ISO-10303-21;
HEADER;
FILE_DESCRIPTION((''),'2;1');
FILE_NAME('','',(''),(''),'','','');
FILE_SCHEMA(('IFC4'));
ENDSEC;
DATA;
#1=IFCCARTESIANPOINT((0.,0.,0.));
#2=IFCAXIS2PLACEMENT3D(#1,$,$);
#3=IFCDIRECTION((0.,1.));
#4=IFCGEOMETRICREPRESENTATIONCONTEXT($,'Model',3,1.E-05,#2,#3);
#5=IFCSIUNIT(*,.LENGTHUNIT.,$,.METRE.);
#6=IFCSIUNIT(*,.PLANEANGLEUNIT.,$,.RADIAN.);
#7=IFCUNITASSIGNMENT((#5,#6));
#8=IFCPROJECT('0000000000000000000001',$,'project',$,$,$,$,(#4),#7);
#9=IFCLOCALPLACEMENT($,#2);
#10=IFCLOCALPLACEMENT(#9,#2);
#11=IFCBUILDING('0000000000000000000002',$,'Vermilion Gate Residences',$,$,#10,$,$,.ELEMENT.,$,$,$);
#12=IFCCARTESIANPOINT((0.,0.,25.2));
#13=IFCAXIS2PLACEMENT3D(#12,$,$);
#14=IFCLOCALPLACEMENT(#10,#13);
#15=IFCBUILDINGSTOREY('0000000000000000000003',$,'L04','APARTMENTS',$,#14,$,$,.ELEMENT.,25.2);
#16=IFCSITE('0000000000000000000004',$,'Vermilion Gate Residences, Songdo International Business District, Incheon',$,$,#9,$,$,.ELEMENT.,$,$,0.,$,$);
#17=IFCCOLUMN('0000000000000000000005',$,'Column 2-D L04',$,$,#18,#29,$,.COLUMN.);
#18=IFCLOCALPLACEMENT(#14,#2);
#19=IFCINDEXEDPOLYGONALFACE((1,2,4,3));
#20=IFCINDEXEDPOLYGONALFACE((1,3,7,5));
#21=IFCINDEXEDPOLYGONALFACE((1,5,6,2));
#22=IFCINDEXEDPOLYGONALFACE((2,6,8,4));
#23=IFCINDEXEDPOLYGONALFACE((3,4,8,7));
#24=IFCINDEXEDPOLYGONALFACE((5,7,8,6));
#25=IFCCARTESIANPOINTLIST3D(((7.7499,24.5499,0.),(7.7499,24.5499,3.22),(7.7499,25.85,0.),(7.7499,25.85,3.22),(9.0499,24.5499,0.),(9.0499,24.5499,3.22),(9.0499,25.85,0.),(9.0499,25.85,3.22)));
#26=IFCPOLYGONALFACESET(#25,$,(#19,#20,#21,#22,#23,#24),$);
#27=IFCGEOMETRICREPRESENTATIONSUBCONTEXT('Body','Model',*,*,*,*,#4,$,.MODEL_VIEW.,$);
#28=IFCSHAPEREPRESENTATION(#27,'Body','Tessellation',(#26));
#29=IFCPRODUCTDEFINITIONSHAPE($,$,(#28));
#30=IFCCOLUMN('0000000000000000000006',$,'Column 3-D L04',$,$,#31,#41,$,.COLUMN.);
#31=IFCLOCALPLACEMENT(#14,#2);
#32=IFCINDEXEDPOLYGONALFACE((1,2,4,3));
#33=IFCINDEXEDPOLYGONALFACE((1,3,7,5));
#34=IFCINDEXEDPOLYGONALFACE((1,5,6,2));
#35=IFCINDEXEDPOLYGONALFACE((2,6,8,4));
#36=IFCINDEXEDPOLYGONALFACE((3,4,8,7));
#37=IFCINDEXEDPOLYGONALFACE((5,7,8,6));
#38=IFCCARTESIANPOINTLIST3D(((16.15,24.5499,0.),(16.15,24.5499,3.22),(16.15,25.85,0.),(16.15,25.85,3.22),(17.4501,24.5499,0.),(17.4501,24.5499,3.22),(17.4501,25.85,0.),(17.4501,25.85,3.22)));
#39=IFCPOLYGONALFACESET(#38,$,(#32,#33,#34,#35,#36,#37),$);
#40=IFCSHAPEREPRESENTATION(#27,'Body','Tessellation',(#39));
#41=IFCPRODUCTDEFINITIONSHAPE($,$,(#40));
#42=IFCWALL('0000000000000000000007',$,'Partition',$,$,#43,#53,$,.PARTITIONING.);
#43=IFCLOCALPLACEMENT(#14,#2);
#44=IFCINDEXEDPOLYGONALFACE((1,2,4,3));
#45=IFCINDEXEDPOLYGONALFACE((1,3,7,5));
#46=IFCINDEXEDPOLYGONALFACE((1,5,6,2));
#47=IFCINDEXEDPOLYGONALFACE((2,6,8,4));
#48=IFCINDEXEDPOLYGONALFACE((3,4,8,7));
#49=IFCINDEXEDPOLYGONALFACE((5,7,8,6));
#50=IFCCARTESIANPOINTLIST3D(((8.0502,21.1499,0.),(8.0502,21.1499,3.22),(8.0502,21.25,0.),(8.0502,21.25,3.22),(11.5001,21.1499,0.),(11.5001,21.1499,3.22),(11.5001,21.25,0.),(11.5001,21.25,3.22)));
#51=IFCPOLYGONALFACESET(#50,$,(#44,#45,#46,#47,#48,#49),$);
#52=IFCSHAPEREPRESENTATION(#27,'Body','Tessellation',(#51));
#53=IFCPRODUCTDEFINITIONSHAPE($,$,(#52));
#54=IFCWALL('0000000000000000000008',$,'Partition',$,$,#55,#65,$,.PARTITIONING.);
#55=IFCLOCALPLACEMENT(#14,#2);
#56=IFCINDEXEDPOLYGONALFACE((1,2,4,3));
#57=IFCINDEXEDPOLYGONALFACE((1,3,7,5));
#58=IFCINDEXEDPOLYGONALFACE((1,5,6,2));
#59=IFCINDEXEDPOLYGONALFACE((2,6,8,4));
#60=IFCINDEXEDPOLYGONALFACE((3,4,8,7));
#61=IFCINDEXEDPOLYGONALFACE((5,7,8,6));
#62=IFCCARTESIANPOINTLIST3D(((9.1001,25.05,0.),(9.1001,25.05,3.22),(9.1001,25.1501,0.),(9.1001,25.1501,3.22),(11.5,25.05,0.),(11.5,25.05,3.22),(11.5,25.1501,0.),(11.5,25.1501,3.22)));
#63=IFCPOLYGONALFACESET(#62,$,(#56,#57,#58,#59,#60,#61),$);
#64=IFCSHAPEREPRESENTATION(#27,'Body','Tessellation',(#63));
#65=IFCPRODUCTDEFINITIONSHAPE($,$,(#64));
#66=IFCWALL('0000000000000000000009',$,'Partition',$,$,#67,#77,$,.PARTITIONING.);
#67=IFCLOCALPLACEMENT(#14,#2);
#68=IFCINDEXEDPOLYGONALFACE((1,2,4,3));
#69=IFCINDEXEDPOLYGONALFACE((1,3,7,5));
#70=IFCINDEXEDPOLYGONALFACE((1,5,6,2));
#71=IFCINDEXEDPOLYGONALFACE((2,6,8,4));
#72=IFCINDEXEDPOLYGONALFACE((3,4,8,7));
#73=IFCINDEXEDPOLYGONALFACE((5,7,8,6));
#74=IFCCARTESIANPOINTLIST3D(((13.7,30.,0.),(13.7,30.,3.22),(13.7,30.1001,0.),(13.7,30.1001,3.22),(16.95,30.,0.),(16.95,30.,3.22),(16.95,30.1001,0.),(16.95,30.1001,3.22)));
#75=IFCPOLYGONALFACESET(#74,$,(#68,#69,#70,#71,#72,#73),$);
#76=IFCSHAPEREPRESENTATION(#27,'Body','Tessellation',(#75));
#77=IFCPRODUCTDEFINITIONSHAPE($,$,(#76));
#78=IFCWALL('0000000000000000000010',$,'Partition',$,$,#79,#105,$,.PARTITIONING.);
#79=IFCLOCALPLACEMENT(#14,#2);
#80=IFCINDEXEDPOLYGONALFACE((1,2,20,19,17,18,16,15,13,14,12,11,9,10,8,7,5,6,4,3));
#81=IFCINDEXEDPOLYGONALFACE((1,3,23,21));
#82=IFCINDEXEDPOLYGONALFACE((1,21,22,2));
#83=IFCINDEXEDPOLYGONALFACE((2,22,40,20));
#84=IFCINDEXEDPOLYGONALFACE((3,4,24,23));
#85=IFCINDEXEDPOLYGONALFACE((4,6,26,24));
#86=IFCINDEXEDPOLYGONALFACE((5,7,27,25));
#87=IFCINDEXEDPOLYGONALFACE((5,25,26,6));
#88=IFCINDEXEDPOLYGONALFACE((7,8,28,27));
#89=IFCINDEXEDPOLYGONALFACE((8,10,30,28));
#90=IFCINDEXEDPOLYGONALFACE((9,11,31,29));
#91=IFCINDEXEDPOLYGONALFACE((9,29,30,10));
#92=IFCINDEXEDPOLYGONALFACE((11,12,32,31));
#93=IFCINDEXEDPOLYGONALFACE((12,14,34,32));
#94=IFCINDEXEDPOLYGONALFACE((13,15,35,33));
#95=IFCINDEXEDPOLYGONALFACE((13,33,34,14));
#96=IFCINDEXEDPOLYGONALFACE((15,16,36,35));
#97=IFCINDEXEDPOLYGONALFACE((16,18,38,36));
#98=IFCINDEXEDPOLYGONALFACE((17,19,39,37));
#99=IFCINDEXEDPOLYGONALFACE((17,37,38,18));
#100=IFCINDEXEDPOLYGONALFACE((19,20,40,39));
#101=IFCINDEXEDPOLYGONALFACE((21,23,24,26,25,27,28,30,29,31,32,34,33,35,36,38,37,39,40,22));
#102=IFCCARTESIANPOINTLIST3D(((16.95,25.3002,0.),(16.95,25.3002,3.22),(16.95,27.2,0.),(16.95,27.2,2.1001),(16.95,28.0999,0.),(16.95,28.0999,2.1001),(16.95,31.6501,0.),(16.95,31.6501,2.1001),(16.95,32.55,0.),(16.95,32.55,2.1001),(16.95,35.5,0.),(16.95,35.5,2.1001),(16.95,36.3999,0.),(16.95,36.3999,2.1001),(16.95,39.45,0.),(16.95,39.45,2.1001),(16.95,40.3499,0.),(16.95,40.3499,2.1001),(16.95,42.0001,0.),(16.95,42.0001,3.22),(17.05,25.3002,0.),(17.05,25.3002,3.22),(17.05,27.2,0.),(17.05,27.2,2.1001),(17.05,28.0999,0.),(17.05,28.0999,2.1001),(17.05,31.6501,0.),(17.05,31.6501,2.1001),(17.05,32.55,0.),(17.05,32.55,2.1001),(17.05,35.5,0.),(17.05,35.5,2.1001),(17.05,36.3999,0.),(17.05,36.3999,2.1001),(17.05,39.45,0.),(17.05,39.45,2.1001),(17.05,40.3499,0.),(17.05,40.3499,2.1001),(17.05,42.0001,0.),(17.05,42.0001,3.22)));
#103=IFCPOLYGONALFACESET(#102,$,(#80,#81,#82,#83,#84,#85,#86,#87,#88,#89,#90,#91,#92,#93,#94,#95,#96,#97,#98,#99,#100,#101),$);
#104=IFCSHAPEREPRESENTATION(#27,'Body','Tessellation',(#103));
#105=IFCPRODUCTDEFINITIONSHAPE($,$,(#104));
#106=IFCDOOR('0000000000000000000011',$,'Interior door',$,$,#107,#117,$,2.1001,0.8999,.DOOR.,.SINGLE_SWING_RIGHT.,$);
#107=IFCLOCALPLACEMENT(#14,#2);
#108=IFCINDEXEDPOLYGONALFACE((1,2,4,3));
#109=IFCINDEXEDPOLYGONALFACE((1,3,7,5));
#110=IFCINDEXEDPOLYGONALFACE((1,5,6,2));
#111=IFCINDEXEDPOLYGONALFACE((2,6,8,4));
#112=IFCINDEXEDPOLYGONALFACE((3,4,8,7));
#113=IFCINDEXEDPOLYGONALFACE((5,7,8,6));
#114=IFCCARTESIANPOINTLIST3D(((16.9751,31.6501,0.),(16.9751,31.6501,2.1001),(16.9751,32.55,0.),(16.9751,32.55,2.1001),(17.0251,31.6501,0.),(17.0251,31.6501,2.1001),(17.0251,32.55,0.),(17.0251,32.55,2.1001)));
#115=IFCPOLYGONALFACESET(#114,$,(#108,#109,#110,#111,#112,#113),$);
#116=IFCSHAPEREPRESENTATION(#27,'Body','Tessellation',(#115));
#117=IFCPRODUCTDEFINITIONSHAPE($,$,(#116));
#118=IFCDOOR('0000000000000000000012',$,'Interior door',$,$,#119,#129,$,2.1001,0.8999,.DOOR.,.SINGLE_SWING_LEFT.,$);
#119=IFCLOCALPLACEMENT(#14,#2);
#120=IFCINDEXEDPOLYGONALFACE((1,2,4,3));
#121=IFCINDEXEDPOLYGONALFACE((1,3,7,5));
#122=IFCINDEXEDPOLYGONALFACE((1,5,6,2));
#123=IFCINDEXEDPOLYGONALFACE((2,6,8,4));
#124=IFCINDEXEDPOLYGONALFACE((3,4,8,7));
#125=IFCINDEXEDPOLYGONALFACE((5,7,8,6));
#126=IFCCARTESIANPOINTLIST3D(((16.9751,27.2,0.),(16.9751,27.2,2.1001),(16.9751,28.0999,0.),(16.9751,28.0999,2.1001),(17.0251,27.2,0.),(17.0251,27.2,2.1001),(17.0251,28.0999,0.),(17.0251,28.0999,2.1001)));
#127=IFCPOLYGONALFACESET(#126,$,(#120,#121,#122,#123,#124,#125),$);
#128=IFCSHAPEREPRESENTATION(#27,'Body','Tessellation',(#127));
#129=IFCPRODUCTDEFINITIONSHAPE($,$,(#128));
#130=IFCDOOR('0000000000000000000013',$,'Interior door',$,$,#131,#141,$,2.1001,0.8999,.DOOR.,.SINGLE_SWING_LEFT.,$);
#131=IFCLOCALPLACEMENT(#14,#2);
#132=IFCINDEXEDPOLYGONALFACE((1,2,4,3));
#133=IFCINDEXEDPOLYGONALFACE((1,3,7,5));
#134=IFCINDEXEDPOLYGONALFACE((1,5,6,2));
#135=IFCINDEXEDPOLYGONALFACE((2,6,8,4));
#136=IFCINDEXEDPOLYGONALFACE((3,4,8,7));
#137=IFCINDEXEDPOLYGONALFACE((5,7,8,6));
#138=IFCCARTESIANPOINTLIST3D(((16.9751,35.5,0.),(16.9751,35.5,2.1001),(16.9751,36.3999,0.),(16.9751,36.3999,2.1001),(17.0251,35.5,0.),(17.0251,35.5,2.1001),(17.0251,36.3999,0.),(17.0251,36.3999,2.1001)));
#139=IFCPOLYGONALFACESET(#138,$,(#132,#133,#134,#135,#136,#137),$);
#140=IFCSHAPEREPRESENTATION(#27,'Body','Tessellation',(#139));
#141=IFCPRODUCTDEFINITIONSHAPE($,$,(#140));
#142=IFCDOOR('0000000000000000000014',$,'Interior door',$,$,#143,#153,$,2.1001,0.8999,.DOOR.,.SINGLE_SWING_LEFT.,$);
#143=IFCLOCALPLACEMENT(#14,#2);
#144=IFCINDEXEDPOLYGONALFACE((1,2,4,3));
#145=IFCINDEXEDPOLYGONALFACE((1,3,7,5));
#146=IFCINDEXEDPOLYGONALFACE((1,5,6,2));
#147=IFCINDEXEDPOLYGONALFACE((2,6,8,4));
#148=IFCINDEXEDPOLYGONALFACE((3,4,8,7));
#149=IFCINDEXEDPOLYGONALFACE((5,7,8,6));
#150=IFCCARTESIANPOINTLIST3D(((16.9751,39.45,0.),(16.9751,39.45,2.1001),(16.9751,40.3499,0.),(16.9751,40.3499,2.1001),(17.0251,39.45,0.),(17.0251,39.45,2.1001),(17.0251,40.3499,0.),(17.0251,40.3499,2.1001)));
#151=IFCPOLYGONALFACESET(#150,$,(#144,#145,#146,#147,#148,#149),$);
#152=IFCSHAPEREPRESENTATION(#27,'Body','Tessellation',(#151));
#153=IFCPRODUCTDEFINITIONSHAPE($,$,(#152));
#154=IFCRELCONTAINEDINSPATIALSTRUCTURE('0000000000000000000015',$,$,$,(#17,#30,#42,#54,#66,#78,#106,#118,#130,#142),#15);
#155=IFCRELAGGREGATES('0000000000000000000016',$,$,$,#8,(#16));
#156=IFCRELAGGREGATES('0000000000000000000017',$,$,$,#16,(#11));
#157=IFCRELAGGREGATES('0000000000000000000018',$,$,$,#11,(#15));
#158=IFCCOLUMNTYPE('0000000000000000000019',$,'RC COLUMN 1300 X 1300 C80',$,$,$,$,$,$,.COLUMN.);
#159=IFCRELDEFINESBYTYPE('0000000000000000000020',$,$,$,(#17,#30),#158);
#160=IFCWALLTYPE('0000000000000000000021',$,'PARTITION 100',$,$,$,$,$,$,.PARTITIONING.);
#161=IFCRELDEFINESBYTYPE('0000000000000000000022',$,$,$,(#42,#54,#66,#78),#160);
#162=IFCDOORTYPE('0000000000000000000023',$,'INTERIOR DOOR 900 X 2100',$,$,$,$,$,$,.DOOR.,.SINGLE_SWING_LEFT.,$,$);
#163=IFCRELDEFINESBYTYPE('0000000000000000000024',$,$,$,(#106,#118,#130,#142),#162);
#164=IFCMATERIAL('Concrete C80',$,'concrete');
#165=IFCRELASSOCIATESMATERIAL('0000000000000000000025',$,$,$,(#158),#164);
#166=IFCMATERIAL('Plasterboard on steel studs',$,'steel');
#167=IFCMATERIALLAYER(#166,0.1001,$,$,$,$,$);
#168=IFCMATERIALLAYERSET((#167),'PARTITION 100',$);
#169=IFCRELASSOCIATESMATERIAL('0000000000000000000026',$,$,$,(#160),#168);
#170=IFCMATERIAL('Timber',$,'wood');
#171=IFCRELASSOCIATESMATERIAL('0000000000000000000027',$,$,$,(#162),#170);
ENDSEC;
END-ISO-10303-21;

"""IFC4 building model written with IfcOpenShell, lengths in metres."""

from ifc_helpers import new_model, si_unit, direction, frame, frame_2d, origin, origin_2d, place, context, subcontext, project, spatial, rectangle, extrude, material, layer, layer_set, material_profile, profile_set, type_object, element, fill, save


model = new_model("IFC4")

# Units and contexts
model_context = context("Model", 3, precision=1e-05, world=origin(), true_north=direction((0.0, 1.0)))
body_context = subcontext(model_context, "Body", "Model", "MODEL_VIEW")
ifc_project = project(units=[si_unit("LENGTHUNIT", "METRE"), si_unit("PLANEANGLEUNIT", "RADIAN")], contexts=[model_context])

# Site, building, storey
site_placement = place(None, origin())
site = spatial("IfcSite", under=ifc_project, at=site_placement, Name="Vermilion Gate Residences, Songdo International Business District, Incheon", CompositionType="ELEMENT", RefElevation=0.0)
building_placement = place(site_placement, origin())
building = spatial("IfcBuilding", under=site, at=building_placement, Name="Vermilion Gate Residences", CompositionType="ELEMENT")
storey_placement = place(building_placement, frame((0.0, 0.0, 25.2)))
storey = spatial("IfcBuildingStorey", under=building, at=storey_placement, Name="L04", Description="APARTMENTS", CompositionType="ELEMENT", Elevation=25.2)

# Columns
ifc_material_1 = material(Name="Concrete C80", Category="concrete")
ifc_material_profile = material_profile(ifc_material_1, rectangle(XDim=1.3, YDim=1.3, at=origin_2d()), Name="RC-1300x1300")
ifc_profile_set = profile_set([ifc_material_profile], Name="Concrete C80")
column_type = type_object("IfcColumnType", Name="RC COLUMN 1300 X 1300 C80", PredefinedType="COLUMN", material=ifc_profile_set)
for number, where, z_axis, x_axis, name in (
    (1, (8.3999, 25.2, 0.0), (0.0, 0.0, 1.0), (1.0, 0.0, 0.0), "Column 2-D L04"),
    (2, (16.8, 25.2, 0.0), (0.0, 0.0, 1.0), (1.0, 0.0, 0.0), "Column 3-D L04"),
):
    element("IfcColumn", number, at=place(storey_placement, frame(where, z_axis=z_axis, x_axis=x_axis)), inside=storey, type_object=column_type, Name=name, PredefinedType="COLUMN", context=body_context, shape_type="SweptSolid", body=[
        extrude(rectangle(XDim=1.3, YDim=1.3, at=origin_2d()), origin(), (0.0, 0.0, 1.0), 3.22),
    ])

# Walls
ifc_material_2 = material(Name="Plasterboard on steel studs", Category="steel")
ifc_layer_1 = layer(ifc_material_2, 0.1001)
ifc_layer_set_1 = layer_set([ifc_layer_1], Name="PARTITION 100")
wall_type_1 = type_object("IfcWallType", Name="PARTITION 100", PredefinedType="PARTITIONING", material=ifc_layer_set_1)
wall_1_placement = place(storey_placement, frame((8.05, 21.2, 0.0), z_axis=(0.0, 0.0, 1.0), x_axis=(1.0, 0.0, 0.0)))
element("IfcWall", 3, at=wall_1_placement, inside=storey, type_object=wall_type_1, Name="Partition", PredefinedType="PARTITIONING", context=body_context, shape_type="SweptSolid", body=[
    extrude(rectangle(XDim=3.45, YDim=0.1001, at=frame_2d((1.7251, 0.0))), origin(), (0.0, 0.0, 1.0), 3.22),
])
wall_2_placement = place(storey_placement, frame((9.1001, 25.1001, 0.0), z_axis=(0.0, 0.0, 1.0), x_axis=(1.0, 0.0, 0.0)))
element("IfcWall", 4, at=wall_2_placement, inside=storey, type_object=wall_type_1, Name="Partition", PredefinedType="PARTITIONING", context=body_context, shape_type="SweptSolid", body=[
    extrude(rectangle(XDim=2.3999, YDim=0.1001, at=frame_2d((1.2, 0.0))), origin(), (0.0, 0.0, 1.0), 3.22),
])
wall_3_placement = place(storey_placement, frame((13.7, 30.05, 0.0), z_axis=(0.0, 0.0, 1.0), x_axis=(1.0, 0.0, 0.0)))
element("IfcWall", 5, at=wall_3_placement, inside=storey, type_object=wall_type_1, Name="Partition", PredefinedType="PARTITIONING", context=body_context, shape_type="SweptSolid", body=[
    extrude(rectangle(XDim=3.25, YDim=0.1001, at=frame_2d((1.625, 0.0))), origin(), (0.0, 0.0, 1.0), 3.22),
])

# Wall, openings, doors
wall_4_placement = place(storey_placement, frame((17.0, 25.3, 0.0), z_axis=(0.0, 0.0, 1.0), x_axis=(0.0, 1.0, 0.0)))
wall_4 = element("IfcWall", 6, at=wall_4_placement, inside=storey, type_object=wall_type_1, Name="Partition", PredefinedType="PARTITIONING", context=body_context, shape_type="SweptSolid", body=[
    extrude(rectangle(XDim=16.7, YDim=0.1001, at=frame_2d((8.3501, 0.0))), origin(), (0.0, 0.0, 1.0), 3.22),
])
opening_1_placement = place(wall_4_placement, frame((6.3501, 0.0, 0.0)))
opening_1 = element("IfcOpeningElement", 7, at=opening_1_placement, cuts=wall_4, PredefinedType="OPENING", context=body_context, shape_type="SweptSolid", body=[
    extrude(rectangle(XDim=0.8999, YDim=2.1001, at=frame_2d((0.45, 1.05))), frame((0.0, 0.0601, 0.0), z_axis=(0.0, -1.0, 0.0), x_axis=(1.0, 0.0, 0.0)), (0.0, 0.0, 1.0), 0.1201),
])
opening_2_placement = place(wall_4_placement, frame((1.8999, 0.0, 0.0)))
opening_2 = element("IfcOpeningElement", 8, at=opening_2_placement, cuts=wall_4, PredefinedType="OPENING", context=body_context, shape_type="SweptSolid", body=[
    extrude(rectangle(XDim=0.8999, YDim=2.1001, at=frame_2d((0.45, 1.05))), frame((0.0, 0.0601, 0.0), z_axis=(0.0, -1.0, 0.0), x_axis=(1.0, 0.0, 0.0)), (0.0, 0.0, 1.0), 0.1201),
])
opening_3_placement = place(wall_4_placement, frame((10.2, 0.0, 0.0)))
opening_3 = element("IfcOpeningElement", 9, at=opening_3_placement, cuts=wall_4, PredefinedType="OPENING", context=body_context, shape_type="SweptSolid", body=[
    extrude(rectangle(XDim=0.8999, YDim=2.1001, at=frame_2d((0.45, 1.05))), frame((0.0, 0.0601, 0.0), z_axis=(0.0, -1.0, 0.0), x_axis=(1.0, 0.0, 0.0)), (0.0, 0.0, 1.0), 0.1201),
])
opening_4_placement = place(wall_4_placement, frame((14.1499, 0.0, 0.0)))
opening_4 = element("IfcOpeningElement", 10, at=opening_4_placement, cuts=wall_4, PredefinedType="OPENING", context=body_context, shape_type="SweptSolid", body=[
    extrude(rectangle(XDim=0.8999, YDim=2.1001, at=frame_2d((0.45, 1.05))), frame((0.0, 0.0601, 0.0), z_axis=(0.0, -1.0, 0.0), x_axis=(1.0, 0.0, 0.0)), (0.0, 0.0, 1.0), 0.1201),
])
ifc_material_3 = material(Name="Timber", Category="wood")
door_type_1 = type_object("IfcDoorType", Name="INTERIOR DOOR 900 X 2100", OperationType="SINGLE_SWING_LEFT", PredefinedType="DOOR", material=ifc_material_3)
door_1_placement = place(opening_1_placement, origin())
door_1 = element("IfcDoor", 11, at=door_1_placement, inside=storey, type_object=door_type_1, Name="Interior door", OperationType="SINGLE_SWING_RIGHT", OverallHeight=2.1001, OverallWidth=0.8999, PredefinedType="DOOR", context=body_context, shape_type="SweptSolid", body=[
    extrude(rectangle(XDim=0.8999, YDim=2.1001, at=frame_2d((0.45, 1.05))), frame((0.0, 0.0249, 0.0), z_axis=(0.0, -1.0, 0.0), x_axis=(1.0, 0.0, 0.0)), (0.0, 0.0, 1.0), 0.05),
])
fill(opening_1, door_1)
door_2_placement = place(opening_2_placement, origin())
door_2 = element("IfcDoor", 12, at=door_2_placement, inside=storey, type_object=door_type_1, Name="Interior door", OperationType="SINGLE_SWING_LEFT", OverallHeight=2.1001, OverallWidth=0.8999, PredefinedType="DOOR", context=body_context, shape_type="SweptSolid", body=[
    extrude(rectangle(XDim=0.8999, YDim=2.1001, at=frame_2d((0.45, 1.05))), frame((0.0, 0.0249, 0.0), z_axis=(0.0, -1.0, 0.0), x_axis=(1.0, 0.0, 0.0)), (0.0, 0.0, 1.0), 0.05),
])
fill(opening_2, door_2)
door_3_placement = place(opening_3_placement, origin())
door_3 = element("IfcDoor", 13, at=door_3_placement, inside=storey, type_object=door_type_1, Name="Interior door", OperationType="SINGLE_SWING_LEFT", OverallHeight=2.1001, OverallWidth=0.8999, PredefinedType="DOOR", context=body_context, shape_type="SweptSolid", body=[
    extrude(rectangle(XDim=0.8999, YDim=2.1001, at=frame_2d((0.45, 1.05))), frame((0.0, 0.0249, 0.0), z_axis=(0.0, -1.0, 0.0), x_axis=(1.0, 0.0, 0.0)), (0.0, 0.0, 1.0), 0.05),
])
fill(opening_3, door_3)
door_4_placement = place(opening_4_placement, origin())
door_4 = element("IfcDoor", 14, at=door_4_placement, inside=storey, type_object=door_type_1, Name="Interior door", OperationType="SINGLE_SWING_LEFT", OverallHeight=2.1001, OverallWidth=0.8999, PredefinedType="DOOR", context=body_context, shape_type="SweptSolid", body=[
    extrude(rectangle(XDim=0.8999, YDim=2.1001, at=frame_2d((0.45, 1.05))), frame((0.0, 0.0249, 0.0), z_axis=(0.0, -1.0, 0.0), x_axis=(1.0, 0.0, 0.0)), (0.0, 0.0, 1.0), 0.05),
])
fill(opening_4, door_4)

save(model, "model.ifc")
